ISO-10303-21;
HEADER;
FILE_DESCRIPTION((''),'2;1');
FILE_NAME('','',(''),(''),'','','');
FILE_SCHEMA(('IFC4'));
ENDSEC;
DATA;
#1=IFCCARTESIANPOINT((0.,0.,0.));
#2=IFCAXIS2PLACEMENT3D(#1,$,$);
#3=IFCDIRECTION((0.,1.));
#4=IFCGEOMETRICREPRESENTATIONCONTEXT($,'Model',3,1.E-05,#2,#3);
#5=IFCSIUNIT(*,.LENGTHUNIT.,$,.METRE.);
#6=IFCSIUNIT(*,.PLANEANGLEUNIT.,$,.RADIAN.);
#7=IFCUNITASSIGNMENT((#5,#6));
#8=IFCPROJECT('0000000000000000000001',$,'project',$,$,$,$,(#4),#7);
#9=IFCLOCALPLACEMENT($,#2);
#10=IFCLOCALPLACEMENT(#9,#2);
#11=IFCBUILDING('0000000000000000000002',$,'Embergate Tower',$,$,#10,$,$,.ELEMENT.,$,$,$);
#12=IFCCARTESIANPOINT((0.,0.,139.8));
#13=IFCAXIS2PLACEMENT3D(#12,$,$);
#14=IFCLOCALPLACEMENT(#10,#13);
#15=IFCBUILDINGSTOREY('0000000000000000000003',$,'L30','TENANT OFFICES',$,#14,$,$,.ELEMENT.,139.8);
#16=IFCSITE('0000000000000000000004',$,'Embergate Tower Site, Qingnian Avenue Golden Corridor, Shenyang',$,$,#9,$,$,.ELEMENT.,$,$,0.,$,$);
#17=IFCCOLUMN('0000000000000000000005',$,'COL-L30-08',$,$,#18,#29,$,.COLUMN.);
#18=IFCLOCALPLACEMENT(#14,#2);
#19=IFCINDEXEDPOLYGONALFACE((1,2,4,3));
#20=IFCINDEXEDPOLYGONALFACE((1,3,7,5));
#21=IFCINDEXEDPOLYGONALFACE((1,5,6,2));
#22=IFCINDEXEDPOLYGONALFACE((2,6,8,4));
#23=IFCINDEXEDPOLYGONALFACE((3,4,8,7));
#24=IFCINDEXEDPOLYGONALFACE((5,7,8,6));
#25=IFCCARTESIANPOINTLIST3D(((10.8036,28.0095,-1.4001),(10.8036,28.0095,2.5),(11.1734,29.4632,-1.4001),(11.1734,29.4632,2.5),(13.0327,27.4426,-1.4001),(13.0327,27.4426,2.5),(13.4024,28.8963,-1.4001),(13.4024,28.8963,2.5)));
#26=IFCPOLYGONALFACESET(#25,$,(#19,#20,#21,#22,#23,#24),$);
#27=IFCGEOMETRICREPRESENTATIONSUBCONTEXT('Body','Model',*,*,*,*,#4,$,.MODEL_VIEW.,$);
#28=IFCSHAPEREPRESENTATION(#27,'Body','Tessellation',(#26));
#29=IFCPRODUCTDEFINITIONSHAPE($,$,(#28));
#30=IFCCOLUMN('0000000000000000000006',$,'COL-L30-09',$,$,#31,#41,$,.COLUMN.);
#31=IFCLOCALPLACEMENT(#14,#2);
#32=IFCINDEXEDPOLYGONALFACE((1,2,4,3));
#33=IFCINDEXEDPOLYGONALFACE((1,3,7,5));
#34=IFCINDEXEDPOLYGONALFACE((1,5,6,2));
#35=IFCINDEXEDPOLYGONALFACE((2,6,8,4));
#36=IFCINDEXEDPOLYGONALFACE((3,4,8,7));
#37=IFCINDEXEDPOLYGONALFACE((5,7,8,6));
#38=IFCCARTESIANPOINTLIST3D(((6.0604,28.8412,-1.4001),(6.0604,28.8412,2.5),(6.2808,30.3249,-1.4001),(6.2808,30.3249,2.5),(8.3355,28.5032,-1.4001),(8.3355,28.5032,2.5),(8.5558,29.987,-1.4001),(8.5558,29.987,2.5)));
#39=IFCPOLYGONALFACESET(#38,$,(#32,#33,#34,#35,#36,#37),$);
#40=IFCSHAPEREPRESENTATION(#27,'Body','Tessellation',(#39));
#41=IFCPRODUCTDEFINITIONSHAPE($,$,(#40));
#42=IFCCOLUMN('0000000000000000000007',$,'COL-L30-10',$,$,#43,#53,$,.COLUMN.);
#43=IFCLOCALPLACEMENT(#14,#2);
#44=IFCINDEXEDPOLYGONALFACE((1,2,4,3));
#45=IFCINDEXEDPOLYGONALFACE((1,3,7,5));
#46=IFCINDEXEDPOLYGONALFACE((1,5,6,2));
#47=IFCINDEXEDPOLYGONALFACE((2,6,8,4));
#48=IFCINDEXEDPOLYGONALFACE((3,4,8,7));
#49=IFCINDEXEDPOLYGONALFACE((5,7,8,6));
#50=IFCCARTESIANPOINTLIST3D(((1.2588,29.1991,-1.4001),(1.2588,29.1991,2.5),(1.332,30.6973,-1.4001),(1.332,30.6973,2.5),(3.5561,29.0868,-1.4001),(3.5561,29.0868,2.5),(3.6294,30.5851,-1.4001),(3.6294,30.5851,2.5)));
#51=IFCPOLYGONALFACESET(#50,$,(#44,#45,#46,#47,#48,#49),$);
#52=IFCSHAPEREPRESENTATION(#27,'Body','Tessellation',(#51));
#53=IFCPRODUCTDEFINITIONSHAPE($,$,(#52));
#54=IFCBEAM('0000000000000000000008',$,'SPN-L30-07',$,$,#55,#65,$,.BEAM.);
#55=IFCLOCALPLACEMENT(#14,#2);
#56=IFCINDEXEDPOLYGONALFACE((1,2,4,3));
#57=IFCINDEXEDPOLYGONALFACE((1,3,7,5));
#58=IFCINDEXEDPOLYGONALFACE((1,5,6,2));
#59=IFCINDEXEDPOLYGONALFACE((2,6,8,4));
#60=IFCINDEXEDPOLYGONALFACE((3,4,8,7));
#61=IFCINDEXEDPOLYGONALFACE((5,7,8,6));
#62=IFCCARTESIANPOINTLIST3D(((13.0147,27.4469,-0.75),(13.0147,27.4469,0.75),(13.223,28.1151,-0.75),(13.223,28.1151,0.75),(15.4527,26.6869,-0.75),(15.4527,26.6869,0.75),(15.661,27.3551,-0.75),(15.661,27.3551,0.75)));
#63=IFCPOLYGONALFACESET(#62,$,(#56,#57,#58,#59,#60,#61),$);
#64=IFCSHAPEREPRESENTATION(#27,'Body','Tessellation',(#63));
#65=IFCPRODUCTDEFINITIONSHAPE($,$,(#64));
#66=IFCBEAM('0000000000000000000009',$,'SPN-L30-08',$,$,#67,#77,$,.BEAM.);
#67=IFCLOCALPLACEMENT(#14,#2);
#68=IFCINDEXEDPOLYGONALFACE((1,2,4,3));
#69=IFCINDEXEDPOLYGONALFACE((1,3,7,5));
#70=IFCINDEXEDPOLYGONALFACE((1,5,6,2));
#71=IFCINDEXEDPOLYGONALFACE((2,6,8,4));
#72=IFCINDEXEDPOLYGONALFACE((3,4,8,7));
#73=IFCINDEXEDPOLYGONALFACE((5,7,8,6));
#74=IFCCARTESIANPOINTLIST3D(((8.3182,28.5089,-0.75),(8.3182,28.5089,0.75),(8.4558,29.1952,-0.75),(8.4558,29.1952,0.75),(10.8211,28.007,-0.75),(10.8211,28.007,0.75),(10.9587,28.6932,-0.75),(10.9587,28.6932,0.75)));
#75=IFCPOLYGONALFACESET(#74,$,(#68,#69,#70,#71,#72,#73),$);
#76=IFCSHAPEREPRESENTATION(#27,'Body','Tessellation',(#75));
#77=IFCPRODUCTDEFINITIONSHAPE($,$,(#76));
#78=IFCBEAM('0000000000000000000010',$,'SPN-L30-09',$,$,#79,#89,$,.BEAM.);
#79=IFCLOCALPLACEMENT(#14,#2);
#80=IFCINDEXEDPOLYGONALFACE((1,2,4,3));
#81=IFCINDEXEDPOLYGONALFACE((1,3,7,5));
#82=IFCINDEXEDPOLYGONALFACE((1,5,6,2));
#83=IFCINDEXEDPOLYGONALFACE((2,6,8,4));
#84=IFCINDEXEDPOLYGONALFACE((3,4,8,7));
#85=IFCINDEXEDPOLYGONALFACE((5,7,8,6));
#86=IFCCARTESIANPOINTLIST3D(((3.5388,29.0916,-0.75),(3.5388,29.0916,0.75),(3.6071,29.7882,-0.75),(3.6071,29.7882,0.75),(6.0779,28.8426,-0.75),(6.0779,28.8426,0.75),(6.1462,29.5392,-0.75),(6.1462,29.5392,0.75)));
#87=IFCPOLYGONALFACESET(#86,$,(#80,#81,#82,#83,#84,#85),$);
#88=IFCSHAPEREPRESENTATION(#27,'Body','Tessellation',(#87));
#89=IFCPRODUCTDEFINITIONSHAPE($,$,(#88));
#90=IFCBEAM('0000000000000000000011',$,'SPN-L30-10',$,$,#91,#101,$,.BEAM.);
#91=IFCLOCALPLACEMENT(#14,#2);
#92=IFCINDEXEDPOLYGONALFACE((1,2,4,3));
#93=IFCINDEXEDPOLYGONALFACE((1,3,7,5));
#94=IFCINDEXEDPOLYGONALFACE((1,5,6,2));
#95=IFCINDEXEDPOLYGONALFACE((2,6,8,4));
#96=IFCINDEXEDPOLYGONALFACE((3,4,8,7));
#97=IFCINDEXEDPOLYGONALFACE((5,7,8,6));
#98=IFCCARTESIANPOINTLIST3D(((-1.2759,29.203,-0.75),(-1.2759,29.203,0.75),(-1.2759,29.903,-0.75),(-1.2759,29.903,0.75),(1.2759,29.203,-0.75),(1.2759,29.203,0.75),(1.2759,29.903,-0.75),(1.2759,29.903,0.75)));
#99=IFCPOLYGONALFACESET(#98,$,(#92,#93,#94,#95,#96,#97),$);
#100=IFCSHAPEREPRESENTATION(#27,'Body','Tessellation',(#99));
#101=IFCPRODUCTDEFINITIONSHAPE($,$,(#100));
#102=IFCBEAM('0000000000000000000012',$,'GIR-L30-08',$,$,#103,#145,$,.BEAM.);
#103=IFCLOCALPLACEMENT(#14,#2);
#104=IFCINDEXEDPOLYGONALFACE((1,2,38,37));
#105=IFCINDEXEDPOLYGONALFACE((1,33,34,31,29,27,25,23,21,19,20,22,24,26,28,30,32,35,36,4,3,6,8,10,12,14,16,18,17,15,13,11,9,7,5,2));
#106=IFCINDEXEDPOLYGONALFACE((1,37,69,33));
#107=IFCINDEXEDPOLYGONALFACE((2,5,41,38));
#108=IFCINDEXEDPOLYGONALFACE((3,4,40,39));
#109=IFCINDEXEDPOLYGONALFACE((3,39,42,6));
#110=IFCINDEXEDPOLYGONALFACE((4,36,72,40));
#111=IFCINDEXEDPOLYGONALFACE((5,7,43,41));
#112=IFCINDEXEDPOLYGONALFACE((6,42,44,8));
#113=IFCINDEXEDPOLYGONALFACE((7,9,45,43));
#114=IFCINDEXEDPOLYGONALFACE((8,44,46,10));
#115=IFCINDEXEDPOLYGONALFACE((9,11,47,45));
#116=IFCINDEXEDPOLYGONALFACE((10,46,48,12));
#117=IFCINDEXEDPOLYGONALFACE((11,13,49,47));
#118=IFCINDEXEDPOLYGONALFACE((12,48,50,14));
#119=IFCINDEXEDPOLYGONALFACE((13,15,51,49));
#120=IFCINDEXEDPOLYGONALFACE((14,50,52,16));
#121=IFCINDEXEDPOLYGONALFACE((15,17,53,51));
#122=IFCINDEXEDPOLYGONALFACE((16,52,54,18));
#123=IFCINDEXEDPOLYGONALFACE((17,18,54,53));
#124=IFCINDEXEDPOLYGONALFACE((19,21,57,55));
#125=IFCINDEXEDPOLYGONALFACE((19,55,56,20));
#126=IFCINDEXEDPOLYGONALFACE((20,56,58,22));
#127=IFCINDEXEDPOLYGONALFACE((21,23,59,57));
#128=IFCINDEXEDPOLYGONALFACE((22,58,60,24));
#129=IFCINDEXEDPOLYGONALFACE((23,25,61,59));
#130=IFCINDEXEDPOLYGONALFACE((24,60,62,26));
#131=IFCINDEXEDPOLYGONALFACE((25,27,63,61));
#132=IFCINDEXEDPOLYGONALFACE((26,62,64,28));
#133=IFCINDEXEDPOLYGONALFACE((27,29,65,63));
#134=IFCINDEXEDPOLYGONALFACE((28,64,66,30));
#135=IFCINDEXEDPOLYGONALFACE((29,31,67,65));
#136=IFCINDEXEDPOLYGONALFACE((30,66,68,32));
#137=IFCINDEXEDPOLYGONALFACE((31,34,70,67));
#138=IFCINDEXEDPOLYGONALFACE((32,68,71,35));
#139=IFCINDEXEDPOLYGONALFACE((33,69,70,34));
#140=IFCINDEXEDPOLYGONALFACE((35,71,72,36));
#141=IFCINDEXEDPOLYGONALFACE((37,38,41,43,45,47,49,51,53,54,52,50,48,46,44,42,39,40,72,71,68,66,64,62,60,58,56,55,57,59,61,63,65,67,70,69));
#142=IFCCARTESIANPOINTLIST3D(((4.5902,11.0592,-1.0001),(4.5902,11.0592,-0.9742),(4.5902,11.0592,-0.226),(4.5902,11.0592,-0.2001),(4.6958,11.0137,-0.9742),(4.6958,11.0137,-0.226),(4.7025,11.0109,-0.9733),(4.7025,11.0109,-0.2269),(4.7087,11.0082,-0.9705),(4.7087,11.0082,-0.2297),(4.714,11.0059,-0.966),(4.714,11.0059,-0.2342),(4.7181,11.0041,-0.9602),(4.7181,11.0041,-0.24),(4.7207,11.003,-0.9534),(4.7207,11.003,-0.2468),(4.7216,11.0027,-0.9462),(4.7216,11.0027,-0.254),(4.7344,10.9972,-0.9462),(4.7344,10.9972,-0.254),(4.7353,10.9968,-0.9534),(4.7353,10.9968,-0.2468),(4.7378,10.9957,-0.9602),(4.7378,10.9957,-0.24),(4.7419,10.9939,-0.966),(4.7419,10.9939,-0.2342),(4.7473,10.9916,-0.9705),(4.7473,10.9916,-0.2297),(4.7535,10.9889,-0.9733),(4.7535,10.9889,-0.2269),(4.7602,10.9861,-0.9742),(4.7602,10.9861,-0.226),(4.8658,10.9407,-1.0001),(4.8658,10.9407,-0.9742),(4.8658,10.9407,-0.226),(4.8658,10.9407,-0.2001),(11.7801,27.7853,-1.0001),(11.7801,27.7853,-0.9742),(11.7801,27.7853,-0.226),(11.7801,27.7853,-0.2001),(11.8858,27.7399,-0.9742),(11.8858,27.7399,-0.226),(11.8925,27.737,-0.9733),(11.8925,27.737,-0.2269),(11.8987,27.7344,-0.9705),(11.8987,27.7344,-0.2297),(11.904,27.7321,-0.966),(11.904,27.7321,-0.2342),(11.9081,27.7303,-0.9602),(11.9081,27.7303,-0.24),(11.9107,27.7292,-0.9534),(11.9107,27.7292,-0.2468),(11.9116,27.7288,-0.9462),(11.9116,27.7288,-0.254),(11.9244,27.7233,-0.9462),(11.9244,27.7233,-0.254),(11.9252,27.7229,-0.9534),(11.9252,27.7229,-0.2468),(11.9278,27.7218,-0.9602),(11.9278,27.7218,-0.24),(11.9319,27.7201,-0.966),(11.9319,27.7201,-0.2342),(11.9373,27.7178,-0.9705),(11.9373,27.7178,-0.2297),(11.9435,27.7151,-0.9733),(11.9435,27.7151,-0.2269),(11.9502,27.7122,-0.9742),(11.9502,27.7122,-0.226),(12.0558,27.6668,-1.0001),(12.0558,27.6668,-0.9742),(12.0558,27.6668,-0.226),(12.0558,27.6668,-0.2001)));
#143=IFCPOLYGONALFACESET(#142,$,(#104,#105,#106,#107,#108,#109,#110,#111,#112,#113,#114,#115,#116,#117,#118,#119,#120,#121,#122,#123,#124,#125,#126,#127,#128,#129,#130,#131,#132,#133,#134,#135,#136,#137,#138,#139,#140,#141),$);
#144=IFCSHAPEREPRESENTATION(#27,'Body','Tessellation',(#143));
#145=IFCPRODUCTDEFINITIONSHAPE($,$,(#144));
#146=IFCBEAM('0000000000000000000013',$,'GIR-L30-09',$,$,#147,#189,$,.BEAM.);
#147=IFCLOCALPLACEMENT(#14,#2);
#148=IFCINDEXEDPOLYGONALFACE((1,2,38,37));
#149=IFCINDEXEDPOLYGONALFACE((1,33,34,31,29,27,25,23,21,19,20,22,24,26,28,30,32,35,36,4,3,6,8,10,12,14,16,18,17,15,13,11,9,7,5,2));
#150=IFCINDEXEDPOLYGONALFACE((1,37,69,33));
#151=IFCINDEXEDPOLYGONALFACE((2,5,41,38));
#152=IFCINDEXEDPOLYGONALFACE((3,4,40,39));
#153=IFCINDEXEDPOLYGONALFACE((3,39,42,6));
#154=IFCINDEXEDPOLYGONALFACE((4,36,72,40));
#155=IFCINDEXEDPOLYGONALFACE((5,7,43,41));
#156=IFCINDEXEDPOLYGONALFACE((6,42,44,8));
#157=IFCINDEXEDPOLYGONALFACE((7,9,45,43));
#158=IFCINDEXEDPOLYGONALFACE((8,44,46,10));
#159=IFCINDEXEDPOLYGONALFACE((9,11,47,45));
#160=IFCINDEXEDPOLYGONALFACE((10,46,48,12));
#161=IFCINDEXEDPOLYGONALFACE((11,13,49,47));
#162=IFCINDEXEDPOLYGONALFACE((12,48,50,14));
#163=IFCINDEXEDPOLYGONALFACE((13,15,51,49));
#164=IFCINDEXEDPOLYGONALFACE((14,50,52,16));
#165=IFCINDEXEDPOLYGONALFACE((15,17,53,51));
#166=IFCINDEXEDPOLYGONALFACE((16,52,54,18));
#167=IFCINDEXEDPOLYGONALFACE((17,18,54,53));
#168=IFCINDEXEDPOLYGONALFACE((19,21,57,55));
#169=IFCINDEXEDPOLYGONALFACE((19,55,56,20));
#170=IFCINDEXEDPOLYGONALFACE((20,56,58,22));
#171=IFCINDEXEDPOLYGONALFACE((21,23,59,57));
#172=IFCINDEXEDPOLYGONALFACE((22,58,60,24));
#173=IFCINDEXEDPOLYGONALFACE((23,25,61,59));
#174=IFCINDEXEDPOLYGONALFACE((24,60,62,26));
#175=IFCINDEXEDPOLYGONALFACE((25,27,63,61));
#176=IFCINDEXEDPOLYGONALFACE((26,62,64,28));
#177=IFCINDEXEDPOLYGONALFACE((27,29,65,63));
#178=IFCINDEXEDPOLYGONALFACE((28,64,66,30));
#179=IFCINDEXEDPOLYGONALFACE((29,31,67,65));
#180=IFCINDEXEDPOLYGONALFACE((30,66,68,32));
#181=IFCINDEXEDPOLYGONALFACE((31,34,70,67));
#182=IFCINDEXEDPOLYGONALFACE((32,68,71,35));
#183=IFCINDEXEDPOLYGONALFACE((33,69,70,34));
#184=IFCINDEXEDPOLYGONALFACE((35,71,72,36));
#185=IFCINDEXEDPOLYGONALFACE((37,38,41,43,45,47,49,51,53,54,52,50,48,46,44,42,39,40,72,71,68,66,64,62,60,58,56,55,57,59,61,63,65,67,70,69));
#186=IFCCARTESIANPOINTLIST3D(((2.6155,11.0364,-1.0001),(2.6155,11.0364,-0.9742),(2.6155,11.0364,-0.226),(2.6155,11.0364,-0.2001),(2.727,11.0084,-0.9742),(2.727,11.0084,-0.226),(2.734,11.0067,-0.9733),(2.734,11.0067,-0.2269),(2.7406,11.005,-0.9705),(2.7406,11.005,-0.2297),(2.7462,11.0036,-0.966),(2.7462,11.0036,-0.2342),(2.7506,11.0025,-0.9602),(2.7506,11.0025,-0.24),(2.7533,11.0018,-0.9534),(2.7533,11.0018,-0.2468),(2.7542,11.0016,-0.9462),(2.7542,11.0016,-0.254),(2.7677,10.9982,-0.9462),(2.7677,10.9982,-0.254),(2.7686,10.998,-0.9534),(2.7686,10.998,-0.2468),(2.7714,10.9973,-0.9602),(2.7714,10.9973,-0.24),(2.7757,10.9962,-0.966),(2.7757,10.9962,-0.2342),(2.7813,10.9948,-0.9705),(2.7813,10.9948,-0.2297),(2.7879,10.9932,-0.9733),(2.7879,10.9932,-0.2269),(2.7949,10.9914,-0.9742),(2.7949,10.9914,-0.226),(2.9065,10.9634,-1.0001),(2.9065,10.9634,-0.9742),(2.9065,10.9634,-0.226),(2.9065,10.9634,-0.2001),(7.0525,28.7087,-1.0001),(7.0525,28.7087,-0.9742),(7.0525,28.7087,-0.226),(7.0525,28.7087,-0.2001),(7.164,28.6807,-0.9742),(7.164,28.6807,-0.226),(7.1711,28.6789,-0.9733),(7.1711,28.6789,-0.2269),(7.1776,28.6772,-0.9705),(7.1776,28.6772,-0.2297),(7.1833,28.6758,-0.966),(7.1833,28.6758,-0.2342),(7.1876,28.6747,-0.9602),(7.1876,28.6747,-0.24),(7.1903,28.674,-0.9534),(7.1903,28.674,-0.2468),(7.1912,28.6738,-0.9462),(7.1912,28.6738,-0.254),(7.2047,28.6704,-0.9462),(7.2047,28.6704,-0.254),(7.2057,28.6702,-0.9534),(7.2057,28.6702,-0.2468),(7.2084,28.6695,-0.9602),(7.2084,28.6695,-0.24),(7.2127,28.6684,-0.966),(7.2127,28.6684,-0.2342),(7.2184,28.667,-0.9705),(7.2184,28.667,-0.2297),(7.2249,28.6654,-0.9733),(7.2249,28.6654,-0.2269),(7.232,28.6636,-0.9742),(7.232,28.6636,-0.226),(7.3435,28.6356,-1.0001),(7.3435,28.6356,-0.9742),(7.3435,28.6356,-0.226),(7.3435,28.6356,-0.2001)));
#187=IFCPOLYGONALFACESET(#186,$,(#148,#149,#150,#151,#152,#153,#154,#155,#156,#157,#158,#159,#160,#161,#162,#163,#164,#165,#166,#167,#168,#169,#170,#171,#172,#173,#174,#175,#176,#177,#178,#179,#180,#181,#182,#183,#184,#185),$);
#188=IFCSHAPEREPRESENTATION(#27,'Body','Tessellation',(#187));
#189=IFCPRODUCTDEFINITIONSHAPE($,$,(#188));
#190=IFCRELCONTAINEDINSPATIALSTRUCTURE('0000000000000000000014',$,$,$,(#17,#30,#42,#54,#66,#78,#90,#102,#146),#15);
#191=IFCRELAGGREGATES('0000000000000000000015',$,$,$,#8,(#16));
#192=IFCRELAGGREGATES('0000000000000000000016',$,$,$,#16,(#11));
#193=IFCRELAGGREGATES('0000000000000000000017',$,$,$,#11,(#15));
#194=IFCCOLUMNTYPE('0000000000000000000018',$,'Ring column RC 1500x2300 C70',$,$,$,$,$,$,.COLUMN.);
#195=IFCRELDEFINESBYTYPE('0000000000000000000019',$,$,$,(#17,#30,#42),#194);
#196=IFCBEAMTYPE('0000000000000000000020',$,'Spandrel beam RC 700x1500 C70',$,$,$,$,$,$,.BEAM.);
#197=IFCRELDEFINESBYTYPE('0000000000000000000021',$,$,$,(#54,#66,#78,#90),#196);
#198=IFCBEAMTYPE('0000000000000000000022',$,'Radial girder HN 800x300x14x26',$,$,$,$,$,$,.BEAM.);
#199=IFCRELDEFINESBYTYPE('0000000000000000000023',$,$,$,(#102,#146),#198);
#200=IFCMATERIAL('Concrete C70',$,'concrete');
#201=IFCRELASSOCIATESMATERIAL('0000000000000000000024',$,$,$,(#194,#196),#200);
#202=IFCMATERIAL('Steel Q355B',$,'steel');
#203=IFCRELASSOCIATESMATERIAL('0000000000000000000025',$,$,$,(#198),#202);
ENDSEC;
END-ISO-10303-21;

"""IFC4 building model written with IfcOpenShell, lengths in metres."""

from ifc_helpers import new_model, si_unit, direction, frame, origin, origin_2d, place, context, subcontext, project, spatial, rectangle, i_section, extrude, source, transform, mapped, material, material_profile, profile_set, type_object, element, save


model = new_model("IFC4")

# Units and contexts
model_context = context("Model", 3, precision=1e-05, world=origin(), true_north=direction((0.0, 1.0)))
body_context = subcontext(model_context, "Body", "Model", "MODEL_VIEW")
ifc_project = project(units=[si_unit("LENGTHUNIT", "METRE"), si_unit("PLANEANGLEUNIT", "RADIAN")], contexts=[model_context])

# Site, building, storey
site_placement = place(None, origin())
site = spatial("IfcSite", under=ifc_project, at=site_placement, Name="Embergate Tower Site, Qingnian Avenue Golden Corridor, Shenyang", CompositionType="ELEMENT", RefElevation=0.0)
building_placement = place(site_placement, origin())
building = spatial("IfcBuilding", under=site, at=building_placement, Name="Embergate Tower", CompositionType="ELEMENT")
storey_placement = place(building_placement, frame((0.0, 0.0, 139.8)))
storey = spatial("IfcBuildingStorey", under=building, at=storey_placement, Name="L30", Description="TENANT OFFICES", CompositionType="ELEMENT", Elevation=139.8)

# Columns
ifc_material_1 = material(Name="Concrete C70", Category="concrete")
ifc_material_profile_1 = material_profile(ifc_material_1, rectangle(XDim=1.5, YDim=2.3, at=origin_2d()), Name="RC 1500x2300")
ifc_profile_set_1 = profile_set([ifc_material_profile_1], Name="Concrete C70")
column_type = type_object("IfcColumnType", Name="Ring column RC 1500x2300 C70", PredefinedType="COLUMN", material=ifc_profile_set_1)
shared_shape_1 = source(origin(), body_context, "Body", "SweptSolid", [
    extrude(rectangle(XDim=1.5, YDim=2.3, at=origin_2d()), origin(), (0.0, 0.0, 1.0), 3.9001),
])
for number, where, z_axis, x_axis, name in (
    (1, (12.103, 28.4529, -1.4001), (0.0, 0.0, 1.0), (0.246492, 0.969145, 0.0), "COL-L30-08"),
    (2, (7.3081, 29.4141, -1.4001), (0.0, 0.0, 1.0), (0.146929, 0.989147, 0.0), "COL-L30-09"),
    (3, (2.4441, 29.8921, -1.4001), (0.0, 0.0, 1.0), (0.048815, 0.998808, 0.0), "COL-L30-10"),
):
    element("IfcColumn", number, at=place(storey_placement, frame(where, z_axis=z_axis, x_axis=x_axis)), inside=storey, type_object=column_type, Name=name, PredefinedType="COLUMN", context=body_context, shape_type="MappedRepresentation", body=[
        mapped(shared_shape_1, transform((0.0, 0.0, 0.0))),
    ])

# Beams
ifc_material_profile_2 = material_profile(ifc_material_1, rectangle(XDim=0.7, YDim=1.5, at=origin_2d()), Name="RC 700x1500")
ifc_profile_set_2 = profile_set([ifc_material_profile_2], Name="Concrete C70")
beam_type_1 = type_object("IfcBeamType", Name="Spandrel beam RC 700x1500 C70", PredefinedType="BEAM", material=ifc_profile_set_2)
shared_shape_2 = source(origin(), body_context, "Body", "SweptSolid", [
    extrude(rectangle(XDim=0.7, YDim=1.5, at=origin_2d()), origin(), (0.0, 0.0, 1.0), 2.5537),
])
beam_1_placement = place(storey_placement, frame((15.5569, 27.021, 0.0), z_axis=(-0.954687, 0.297611, 0.0), x_axis=(-0.297611, -0.954687, 0.0)))
element("IfcBeam", 4, at=beam_1_placement, inside=storey, type_object=beam_type_1, Name="SPN-L30-07", PredefinedType="BEAM", context=body_context, shape_type="MappedRepresentation", body=[
    mapped(shared_shape_2, transform((0.0, 0.0, 0.0))),
])
shared_shape_3 = source(origin(), body_context, "Body", "SweptSolid", [
    extrude(rectangle(XDim=0.7, YDim=1.5, at=origin_2d()), origin(), (0.0, 0.0, 1.0), 2.5527),
])
beam_2_placement = place(storey_placement, frame((10.8899, 28.3501, 0.0), z_axis=(-0.980478, 0.196631, 0.0), x_axis=(-0.196631, -0.980478, 0.0)))
element("IfcBeam", 5, at=beam_2_placement, inside=storey, type_object=beam_type_1, Name="SPN-L30-08", PredefinedType="BEAM", context=body_context, shape_type="MappedRepresentation", body=[
    mapped(shared_shape_3, transform((0.0, 0.0, 0.0))),
])
shared_shape_4 = source(origin(), body_context, "Body", "SweptSolid", [
    extrude(rectangle(XDim=0.7, YDim=1.5, at=origin_2d()), origin(), (0.0, 0.0, 1.0), 2.5513),
])
beam_3_placement = place(storey_placement, frame((6.1121, 29.1909, 0.0), z_axis=(-0.995225, 0.097609, 0.0), x_axis=(-0.097609, -0.995225, 0.0)))
element("IfcBeam", 6, at=beam_3_placement, inside=storey, type_object=beam_type_1, Name="SPN-L30-09", PredefinedType="BEAM", context=body_context, shape_type="MappedRepresentation", body=[
    mapped(shared_shape_4, transform((0.0, 0.0, 0.0))),
])
shared_shape_5 = source(origin(), body_context, "Body", "SweptSolid", [
    extrude(rectangle(XDim=0.7, YDim=1.5, at=origin_2d()), origin(), (0.0, 0.0, 1.0), 2.5518),
])
beam_4_placement = place(storey_placement, frame((1.2759, 29.553, 0.0), z_axis=(-1.0, 0.0, 0.0), x_axis=(0.0, -1.0, 0.0)))
element("IfcBeam", 7, at=beam_4_placement, inside=storey, type_object=beam_type_1, Name="SPN-L30-10", PredefinedType="BEAM", context=body_context, shape_type="MappedRepresentation", body=[
    mapped(shared_shape_5, transform((0.0, 0.0, 0.0))),
])
ifc_material_2 = material(Name="Steel Q355B", Category="steel")
ifc_material_profile_3 = material_profile(ifc_material_2, i_section(OverallWidth=0.3, OverallDepth=0.8, WebThickness=0.0139, FlangeThickness=0.0259, FilletRadius=0.0281, at=origin_2d()), Name="HN 800x300x14x26")
ifc_profile_set_3 = profile_set([ifc_material_profile_3], Name="Steel Q355 grade B")
beam_type_2 = type_object("IfcBeamType", Name="Radial girder HN 800x300x14x26", PredefinedType="BEAM", material=ifc_profile_set_3)
shared_shape_6 = source(origin(), body_context, "Body", "SweptSolid", [
    extrude(i_section(OverallWidth=0.3, OverallDepth=0.8, WebThickness=0.0139, FlangeThickness=0.0259, FilletRadius=0.0281, at=origin_2d()), origin(), (0.0, 0.0, 1.0), 18.2061),
])
beam_5_placement = place(storey_placement, frame((11.918, 27.7261, -0.6001), z_axis=(-0.394922, -0.918714, 0.0), x_axis=(0.918714, -0.394922, 0.0)))
element("IfcBeam", 8, at=beam_5_placement, inside=storey, type_object=beam_type_2, Name="GIR-L30-08", PredefinedType="BEAM", context=body_context, shape_type="MappedRepresentation", body=[
    mapped(shared_shape_6, transform((0.0, 0.0, 0.0))),
])
shared_shape_7 = source(origin(), body_context, "Body", "SweptSolid", [
    extrude(i_section(OverallWidth=0.3, OverallDepth=0.8, WebThickness=0.0139, FlangeThickness=0.0259, FilletRadius=0.0281, at=origin_2d()), origin(), (0.0, 0.0, 1.0), 18.2207),
])
beam_6_placement = place(storey_placement, frame((7.198, 28.6721, -0.6001), z_axis=(-0.243516, -0.969897, 0.0), x_axis=(0.969897, -0.243516, 0.0)))
element("IfcBeam", 9, at=beam_6_placement, inside=storey, type_object=beam_type_2, Name="GIR-L30-09", PredefinedType="BEAM", context=body_context, shape_type="MappedRepresentation", body=[
    mapped(shared_shape_7, transform((0.0, 0.0, 0.0))),
])

save(model, "model.ifc")
